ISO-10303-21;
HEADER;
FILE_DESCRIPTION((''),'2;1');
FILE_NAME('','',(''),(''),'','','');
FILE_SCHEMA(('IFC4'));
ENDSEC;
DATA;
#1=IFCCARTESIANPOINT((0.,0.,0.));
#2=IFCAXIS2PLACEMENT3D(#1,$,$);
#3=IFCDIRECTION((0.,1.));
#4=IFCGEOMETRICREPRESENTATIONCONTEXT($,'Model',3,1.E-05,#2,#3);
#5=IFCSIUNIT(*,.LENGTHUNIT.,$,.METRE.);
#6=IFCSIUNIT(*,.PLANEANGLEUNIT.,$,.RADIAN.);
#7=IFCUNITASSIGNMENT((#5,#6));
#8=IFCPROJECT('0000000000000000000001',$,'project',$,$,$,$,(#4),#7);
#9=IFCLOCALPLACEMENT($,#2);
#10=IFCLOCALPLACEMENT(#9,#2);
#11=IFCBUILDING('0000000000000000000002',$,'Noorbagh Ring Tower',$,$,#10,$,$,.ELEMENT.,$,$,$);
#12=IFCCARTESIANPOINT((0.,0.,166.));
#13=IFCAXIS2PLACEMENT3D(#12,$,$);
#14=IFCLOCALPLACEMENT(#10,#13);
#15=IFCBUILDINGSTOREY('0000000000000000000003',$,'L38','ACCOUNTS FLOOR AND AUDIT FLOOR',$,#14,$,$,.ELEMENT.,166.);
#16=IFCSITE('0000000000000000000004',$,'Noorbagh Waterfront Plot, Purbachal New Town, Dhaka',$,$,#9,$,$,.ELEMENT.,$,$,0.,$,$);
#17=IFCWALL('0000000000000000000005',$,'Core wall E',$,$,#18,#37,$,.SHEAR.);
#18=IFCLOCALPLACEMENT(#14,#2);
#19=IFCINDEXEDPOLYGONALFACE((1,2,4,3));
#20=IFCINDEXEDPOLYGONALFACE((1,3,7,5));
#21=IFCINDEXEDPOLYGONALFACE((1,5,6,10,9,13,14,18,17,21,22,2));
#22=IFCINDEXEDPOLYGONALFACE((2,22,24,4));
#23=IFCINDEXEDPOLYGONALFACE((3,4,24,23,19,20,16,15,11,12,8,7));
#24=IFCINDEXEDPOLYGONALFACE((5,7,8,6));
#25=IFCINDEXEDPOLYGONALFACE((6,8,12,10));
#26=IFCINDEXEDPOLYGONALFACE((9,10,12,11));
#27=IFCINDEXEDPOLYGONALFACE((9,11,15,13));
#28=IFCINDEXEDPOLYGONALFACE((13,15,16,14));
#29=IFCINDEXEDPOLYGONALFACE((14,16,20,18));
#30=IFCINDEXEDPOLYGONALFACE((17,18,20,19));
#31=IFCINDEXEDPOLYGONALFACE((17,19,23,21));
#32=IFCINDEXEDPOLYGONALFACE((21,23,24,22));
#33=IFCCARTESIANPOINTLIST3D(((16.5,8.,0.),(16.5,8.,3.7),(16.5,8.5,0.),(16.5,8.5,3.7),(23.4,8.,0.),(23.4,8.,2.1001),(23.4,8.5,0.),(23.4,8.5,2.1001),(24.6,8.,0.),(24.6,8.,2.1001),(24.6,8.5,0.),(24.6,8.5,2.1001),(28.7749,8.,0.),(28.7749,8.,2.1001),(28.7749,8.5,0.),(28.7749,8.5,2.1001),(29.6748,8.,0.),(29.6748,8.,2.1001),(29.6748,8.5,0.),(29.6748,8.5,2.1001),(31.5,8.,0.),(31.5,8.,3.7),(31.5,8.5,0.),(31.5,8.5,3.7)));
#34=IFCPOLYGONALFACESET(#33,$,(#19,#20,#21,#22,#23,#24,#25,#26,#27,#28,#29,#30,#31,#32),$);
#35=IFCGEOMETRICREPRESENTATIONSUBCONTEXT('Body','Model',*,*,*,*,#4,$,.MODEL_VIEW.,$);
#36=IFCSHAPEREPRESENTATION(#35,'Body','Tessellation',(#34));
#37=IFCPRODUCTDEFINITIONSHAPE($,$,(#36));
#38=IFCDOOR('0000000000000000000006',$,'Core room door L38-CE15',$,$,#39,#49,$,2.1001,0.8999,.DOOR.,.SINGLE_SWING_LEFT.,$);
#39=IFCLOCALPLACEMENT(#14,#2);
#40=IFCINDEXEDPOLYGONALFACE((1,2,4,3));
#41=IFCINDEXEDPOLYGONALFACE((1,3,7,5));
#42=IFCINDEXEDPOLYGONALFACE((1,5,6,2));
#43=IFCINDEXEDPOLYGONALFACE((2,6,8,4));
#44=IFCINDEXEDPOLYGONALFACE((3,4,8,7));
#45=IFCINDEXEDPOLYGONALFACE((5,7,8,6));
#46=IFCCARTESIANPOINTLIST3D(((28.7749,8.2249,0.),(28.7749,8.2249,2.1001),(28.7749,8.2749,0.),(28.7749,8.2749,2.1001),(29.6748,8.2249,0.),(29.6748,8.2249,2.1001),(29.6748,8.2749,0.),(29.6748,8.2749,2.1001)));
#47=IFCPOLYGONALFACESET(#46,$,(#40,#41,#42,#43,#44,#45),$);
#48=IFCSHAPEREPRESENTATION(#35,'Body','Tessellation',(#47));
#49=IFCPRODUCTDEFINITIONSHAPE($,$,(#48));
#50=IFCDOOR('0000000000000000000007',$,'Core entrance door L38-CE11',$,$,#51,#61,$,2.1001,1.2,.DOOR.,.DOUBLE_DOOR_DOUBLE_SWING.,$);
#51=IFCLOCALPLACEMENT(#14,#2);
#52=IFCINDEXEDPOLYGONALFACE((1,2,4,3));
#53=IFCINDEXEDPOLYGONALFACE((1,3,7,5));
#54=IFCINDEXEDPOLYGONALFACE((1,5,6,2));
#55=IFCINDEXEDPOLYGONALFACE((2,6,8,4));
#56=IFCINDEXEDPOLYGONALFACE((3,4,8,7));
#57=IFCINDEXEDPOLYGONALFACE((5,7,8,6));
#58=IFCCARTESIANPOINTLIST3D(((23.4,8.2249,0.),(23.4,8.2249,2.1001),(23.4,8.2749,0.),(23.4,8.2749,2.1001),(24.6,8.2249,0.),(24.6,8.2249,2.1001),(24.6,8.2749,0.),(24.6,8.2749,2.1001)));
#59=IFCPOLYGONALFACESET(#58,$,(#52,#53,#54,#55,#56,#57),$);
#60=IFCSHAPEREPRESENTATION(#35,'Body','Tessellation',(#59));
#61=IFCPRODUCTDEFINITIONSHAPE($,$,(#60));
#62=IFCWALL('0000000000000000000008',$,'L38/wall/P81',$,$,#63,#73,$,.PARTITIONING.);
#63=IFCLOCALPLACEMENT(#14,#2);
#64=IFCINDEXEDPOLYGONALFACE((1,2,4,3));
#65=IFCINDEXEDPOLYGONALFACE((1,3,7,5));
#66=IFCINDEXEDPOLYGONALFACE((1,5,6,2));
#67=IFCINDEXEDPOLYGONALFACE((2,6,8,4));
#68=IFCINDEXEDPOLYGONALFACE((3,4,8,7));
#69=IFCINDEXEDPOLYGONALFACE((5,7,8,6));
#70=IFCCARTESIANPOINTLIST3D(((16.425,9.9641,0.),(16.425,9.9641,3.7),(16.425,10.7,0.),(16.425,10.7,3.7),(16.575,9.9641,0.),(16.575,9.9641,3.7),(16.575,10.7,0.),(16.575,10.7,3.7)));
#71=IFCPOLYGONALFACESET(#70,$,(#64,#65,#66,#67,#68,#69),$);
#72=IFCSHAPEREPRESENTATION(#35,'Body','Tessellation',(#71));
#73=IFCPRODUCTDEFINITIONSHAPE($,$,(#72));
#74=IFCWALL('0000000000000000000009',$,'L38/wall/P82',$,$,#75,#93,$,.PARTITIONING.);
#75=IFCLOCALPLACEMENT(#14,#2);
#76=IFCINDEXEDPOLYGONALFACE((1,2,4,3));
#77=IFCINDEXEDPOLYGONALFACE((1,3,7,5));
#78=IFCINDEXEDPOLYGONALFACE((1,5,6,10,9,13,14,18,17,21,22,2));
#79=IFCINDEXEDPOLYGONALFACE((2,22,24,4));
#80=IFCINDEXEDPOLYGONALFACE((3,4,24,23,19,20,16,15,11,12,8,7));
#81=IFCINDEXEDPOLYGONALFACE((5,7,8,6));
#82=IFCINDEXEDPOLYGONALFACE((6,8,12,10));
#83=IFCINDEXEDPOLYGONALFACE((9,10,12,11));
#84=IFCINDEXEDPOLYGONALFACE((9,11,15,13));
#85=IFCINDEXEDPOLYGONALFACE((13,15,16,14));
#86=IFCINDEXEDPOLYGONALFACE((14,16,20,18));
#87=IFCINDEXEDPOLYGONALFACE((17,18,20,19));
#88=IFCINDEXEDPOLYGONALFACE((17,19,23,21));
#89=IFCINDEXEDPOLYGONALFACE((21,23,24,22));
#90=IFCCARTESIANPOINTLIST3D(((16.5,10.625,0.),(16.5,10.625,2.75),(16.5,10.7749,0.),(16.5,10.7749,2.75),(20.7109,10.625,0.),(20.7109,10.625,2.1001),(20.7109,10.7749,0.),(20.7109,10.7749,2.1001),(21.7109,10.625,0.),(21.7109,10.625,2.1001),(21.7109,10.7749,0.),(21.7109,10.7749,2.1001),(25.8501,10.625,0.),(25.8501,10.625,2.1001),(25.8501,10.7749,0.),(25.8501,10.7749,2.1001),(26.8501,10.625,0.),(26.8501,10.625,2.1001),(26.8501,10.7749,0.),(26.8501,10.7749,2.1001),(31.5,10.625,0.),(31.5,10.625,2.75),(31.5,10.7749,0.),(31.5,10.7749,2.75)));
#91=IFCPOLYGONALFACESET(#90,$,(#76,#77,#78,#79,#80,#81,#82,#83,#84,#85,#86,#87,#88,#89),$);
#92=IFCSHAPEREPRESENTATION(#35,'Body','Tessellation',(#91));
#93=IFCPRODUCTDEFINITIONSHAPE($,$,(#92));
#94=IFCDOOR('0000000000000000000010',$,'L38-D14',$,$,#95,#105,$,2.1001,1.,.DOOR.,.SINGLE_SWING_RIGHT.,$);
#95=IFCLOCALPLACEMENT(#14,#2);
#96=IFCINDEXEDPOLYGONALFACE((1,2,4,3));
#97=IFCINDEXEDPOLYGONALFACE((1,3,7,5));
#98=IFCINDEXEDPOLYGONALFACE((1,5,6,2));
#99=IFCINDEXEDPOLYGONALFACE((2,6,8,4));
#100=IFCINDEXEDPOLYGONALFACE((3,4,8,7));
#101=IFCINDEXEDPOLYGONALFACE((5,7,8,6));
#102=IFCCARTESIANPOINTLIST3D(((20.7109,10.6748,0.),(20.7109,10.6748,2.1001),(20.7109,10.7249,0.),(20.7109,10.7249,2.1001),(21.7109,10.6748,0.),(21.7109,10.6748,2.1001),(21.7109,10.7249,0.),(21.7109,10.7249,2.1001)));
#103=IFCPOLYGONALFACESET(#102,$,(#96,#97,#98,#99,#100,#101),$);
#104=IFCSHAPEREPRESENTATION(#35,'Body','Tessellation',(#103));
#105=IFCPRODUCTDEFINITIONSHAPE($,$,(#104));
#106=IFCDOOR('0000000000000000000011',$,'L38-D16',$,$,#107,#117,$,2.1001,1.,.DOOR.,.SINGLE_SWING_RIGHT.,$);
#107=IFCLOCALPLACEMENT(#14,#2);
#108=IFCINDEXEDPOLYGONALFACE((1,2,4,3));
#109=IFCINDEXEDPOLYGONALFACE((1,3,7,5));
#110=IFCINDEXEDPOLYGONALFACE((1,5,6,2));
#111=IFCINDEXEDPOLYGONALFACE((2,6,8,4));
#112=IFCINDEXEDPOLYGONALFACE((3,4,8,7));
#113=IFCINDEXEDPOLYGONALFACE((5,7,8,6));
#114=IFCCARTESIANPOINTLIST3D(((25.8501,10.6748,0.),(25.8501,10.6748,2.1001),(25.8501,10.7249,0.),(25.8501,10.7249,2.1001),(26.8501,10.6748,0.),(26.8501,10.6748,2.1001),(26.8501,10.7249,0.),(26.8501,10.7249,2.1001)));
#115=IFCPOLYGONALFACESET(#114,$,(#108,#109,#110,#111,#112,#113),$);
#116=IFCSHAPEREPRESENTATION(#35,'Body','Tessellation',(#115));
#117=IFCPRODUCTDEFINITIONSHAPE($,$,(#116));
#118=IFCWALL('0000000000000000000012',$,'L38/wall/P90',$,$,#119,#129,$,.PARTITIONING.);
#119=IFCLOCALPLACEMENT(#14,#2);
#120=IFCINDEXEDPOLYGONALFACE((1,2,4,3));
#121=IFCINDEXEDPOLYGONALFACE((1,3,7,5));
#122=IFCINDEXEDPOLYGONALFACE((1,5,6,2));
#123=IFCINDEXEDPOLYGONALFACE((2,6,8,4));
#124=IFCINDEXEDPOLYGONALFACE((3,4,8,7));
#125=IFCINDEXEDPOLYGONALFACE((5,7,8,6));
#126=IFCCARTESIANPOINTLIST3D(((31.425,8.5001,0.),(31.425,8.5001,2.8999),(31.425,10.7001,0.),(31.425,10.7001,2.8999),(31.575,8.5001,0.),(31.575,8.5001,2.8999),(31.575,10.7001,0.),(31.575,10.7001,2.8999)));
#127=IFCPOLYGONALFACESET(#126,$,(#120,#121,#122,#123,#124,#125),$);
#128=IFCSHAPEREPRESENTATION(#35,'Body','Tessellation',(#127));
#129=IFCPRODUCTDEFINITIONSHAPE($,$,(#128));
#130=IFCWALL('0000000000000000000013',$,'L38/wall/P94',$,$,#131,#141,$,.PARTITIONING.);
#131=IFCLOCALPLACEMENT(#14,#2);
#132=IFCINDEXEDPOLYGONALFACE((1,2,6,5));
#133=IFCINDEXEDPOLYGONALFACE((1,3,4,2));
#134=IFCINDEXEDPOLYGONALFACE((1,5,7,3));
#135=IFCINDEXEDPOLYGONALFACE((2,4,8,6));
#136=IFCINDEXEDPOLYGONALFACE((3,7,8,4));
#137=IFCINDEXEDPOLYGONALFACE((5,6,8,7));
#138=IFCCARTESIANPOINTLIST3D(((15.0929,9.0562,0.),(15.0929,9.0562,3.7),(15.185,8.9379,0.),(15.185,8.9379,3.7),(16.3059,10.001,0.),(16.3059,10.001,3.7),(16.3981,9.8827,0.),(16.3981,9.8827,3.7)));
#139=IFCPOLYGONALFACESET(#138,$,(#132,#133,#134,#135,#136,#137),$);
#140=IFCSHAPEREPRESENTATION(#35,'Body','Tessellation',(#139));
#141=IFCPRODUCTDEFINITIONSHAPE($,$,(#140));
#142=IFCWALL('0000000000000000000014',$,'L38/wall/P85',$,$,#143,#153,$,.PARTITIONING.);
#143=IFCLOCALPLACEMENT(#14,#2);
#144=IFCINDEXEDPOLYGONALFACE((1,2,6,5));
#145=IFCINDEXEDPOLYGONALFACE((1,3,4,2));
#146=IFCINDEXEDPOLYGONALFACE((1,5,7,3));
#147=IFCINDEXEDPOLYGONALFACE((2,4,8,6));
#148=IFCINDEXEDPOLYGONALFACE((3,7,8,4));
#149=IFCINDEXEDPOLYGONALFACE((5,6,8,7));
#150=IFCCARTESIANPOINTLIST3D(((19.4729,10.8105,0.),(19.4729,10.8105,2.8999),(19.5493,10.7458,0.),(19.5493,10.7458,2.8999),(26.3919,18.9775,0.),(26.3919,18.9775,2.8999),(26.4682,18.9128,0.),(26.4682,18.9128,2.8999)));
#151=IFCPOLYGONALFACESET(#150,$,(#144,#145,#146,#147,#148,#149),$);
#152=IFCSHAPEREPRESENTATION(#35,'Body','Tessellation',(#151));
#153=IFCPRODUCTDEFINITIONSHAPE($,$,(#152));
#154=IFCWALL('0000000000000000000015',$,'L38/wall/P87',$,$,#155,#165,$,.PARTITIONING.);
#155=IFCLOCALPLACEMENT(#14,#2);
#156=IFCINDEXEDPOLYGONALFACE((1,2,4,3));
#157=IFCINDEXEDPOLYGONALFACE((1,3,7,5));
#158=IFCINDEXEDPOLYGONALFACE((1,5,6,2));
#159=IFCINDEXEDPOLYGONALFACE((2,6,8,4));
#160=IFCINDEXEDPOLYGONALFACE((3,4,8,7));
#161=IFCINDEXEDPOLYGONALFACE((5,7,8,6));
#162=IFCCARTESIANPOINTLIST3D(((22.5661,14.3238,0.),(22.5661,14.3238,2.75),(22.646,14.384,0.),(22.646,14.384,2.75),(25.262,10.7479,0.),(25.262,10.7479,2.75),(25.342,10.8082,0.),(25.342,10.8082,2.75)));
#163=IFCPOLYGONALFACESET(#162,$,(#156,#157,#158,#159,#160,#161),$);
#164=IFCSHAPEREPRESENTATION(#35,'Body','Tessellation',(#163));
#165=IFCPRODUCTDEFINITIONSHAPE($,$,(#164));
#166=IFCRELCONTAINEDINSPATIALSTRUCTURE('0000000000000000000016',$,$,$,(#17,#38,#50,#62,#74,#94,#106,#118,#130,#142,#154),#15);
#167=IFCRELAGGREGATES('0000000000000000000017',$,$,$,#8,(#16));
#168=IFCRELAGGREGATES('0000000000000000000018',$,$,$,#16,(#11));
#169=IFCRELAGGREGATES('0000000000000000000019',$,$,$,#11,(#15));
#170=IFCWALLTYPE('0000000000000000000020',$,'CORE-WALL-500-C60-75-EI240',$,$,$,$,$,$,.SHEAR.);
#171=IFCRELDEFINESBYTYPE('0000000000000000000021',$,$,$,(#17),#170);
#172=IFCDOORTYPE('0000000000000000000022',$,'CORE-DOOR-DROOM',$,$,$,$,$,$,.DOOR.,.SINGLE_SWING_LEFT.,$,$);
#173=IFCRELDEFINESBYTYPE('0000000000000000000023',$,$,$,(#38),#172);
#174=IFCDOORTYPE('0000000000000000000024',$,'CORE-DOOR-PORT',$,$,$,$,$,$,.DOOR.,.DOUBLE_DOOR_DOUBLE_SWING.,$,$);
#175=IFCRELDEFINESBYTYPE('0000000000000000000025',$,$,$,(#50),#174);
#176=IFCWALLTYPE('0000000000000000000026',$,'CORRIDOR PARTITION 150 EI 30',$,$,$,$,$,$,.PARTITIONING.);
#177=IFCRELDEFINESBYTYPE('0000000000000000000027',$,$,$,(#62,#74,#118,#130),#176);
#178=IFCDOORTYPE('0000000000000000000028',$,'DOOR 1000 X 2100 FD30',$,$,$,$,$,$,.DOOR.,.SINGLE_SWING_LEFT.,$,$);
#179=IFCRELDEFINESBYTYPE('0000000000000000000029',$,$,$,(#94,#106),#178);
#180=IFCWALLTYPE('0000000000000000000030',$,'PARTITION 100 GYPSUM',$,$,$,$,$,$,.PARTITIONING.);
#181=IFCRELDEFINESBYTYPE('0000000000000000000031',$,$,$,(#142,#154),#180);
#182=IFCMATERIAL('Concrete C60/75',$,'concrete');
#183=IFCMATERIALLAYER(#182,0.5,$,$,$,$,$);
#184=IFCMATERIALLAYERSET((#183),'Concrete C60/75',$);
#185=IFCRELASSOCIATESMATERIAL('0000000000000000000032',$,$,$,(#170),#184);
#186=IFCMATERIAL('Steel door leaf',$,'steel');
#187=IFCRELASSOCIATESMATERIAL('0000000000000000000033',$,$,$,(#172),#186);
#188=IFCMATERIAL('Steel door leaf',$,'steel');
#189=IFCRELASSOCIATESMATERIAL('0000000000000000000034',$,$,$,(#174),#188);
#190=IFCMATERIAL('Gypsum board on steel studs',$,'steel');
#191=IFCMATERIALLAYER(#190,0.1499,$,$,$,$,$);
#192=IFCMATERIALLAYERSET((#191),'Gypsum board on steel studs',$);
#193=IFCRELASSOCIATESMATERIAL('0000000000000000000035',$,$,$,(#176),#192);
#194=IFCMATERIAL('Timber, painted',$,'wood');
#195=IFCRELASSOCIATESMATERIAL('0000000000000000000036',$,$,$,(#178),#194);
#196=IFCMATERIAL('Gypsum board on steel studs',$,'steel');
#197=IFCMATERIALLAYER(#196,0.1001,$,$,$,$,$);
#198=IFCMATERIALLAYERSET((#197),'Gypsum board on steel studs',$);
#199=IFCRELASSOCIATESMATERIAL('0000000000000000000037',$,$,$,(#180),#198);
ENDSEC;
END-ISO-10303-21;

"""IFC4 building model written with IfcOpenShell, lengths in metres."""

from ifc_helpers import new_model, si_unit, direction, frame, frame_2d, origin, place, context, subcontext, project, spatial, rectangle, extrude, material, layer, layer_set, type_object, element, fill, save


model = new_model("IFC4")

# Units and contexts
model_context = context("Model", 3, precision=1e-05, world=origin(), true_north=direction((0.0, 1.0)))
body_context = subcontext(model_context, "Body", "Model", "MODEL_VIEW")
ifc_project = project(units=[si_unit("LENGTHUNIT", "METRE"), si_unit("PLANEANGLEUNIT", "RADIAN")], contexts=[model_context])

# Site, building, storey
site_placement = place(None, origin())
site = spatial("IfcSite", under=ifc_project, at=site_placement, Name="Noorbagh Waterfront Plot, Purbachal New Town, Dhaka", CompositionType="ELEMENT", RefElevation=0.0)
building_placement = place(site_placement, origin())
building = spatial("IfcBuilding", under=site, at=building_placement, Name="Noorbagh Ring Tower", CompositionType="ELEMENT")
storey_placement = place(building_placement, frame((0.0, 0.0, 166.0)))
storey = spatial("IfcBuildingStorey", under=building, at=storey_placement, Name="L38", Description="ACCOUNTS FLOOR AND AUDIT FLOOR", CompositionType="ELEMENT", Elevation=166.0)

# Wall, openings, doors
ifc_material_1 = material(Name="Concrete C60/75", Category="concrete")
ifc_layer_1 = layer(ifc_material_1, 0.5)
ifc_layer_set_1 = layer_set([ifc_layer_1], Name="Concrete C60/75")
wall_type_1 = type_object("IfcWallType", Name="CORE-WALL-500-C60-75-EI240", PredefinedType="SHEAR", material=ifc_layer_set_1)
wall_1_placement = place(storey_placement, frame((16.5, 8.25, 0.0), z_axis=(0.0, 0.0, 1.0), x_axis=(1.0, 0.0, 0.0)))
wall_1 = element("IfcWall", 1, at=wall_1_placement, inside=storey, type_object=wall_type_1, Name="Core wall E", PredefinedType="SHEAR", context=body_context, shape_type="SweptSolid", body=[
    extrude(rectangle(XDim=15.0, YDim=0.5, at=frame_2d((7.5, 0.0))), origin(), (0.0, 0.0, 1.0), 3.7),
])
opening_1_placement = place(wall_1_placement, frame((6.8999, 0.0, 0.0)))
opening_1 = element("IfcOpeningElement", 2, at=opening_1_placement, cuts=wall_1, PredefinedType="OPENING", context=body_context, shape_type="SweptSolid", body=[
    extrude(rectangle(XDim=1.2, YDim=2.1001, at=frame_2d((0.6001, 1.05))), frame((0.0, 0.26, 0.0), z_axis=(0.0, -1.0, 0.0), x_axis=(1.0, 0.0, 0.0)), (0.0, 0.0, 1.0), 0.52),
])
opening_2_placement = place(wall_1_placement, frame((12.2749, 0.0, 0.0)))
opening_2 = element("IfcOpeningElement", 3, at=opening_2_placement, cuts=wall_1, PredefinedType="OPENING", context=body_context, shape_type="SweptSolid", body=[
    extrude(rectangle(XDim=0.8999, YDim=2.1001, at=frame_2d((0.45, 1.05))), frame((0.0, 0.26, 0.0), z_axis=(0.0, -1.0, 0.0), x_axis=(1.0, 0.0, 0.0)), (0.0, 0.0, 1.0), 0.52),
])
ifc_material_2 = material(Name="Steel door leaf", Category="steel")
door_type_1 = type_object("IfcDoorType", Name="CORE-DOOR-DROOM", OperationType="SINGLE_SWING_LEFT", PredefinedType="DOOR", material=ifc_material_2)
door_1_placement = place(opening_2_placement, origin())
door_1 = element("IfcDoor", 4, at=door_1_placement, inside=storey, type_object=door_type_1, Name="Core room door L38-CE15", OperationType="SINGLE_SWING_LEFT", OverallHeight=2.1001, OverallWidth=0.8999, PredefinedType="DOOR", context=body_context, shape_type="SweptSolid", body=[
    extrude(rectangle(XDim=0.8999, YDim=2.1001, at=frame_2d((0.45, 1.05))), frame((0.0, 0.0249, 0.0), z_axis=(0.0, -1.0, 0.0), x_axis=(1.0, 0.0, 0.0)), (0.0, 0.0, 1.0), 0.05),
])
fill(opening_2, door_1)
ifc_material_3 = material(Name="Steel door leaf", Category="steel")
door_type_2 = type_object("IfcDoorType", Name="CORE-DOOR-PORT", OperationType="DOUBLE_DOOR_DOUBLE_SWING", PredefinedType="DOOR", material=ifc_material_3)
door_2_placement = place(opening_1_placement, origin())
door_2 = element("IfcDoor", 5, at=door_2_placement, inside=storey, type_object=door_type_2, Name="Core entrance door L38-CE11", OperationType="DOUBLE_DOOR_DOUBLE_SWING", OverallHeight=2.1001, OverallWidth=1.2, PredefinedType="DOOR", context=body_context, shape_type="SweptSolid", body=[
    extrude(rectangle(XDim=1.2, YDim=2.1001, at=frame_2d((0.6001, 1.05))), frame((0.0, 0.0249, 0.0), z_axis=(0.0, -1.0, 0.0), x_axis=(1.0, 0.0, 0.0)), (0.0, 0.0, 1.0), 0.05),
])
fill(opening_1, door_2)

# Wall
ifc_material_4 = material(Name="Gypsum board on steel studs", Category="steel")
ifc_layer_2 = layer(ifc_material_4, 0.1499)
ifc_layer_set_2 = layer_set([ifc_layer_2], Name="Gypsum board on steel studs")
wall_type_2 = type_object("IfcWallType", Name="CORRIDOR PARTITION 150 EI 30", PredefinedType="PARTITIONING", material=ifc_layer_set_2)
wall_2_placement = place(storey_placement, frame((16.5, 9.9641, 0.0), z_axis=(0.0, 0.0, 1.0), x_axis=(0.0, 1.0, 0.0)))
element("IfcWall", 6, at=wall_2_placement, inside=storey, type_object=wall_type_2, Name="L38/wall/P81", PredefinedType="PARTITIONING", context=body_context, shape_type="SweptSolid", body=[
    extrude(rectangle(XDim=0.7358, YDim=0.1499, at=frame_2d((0.3679, 0.0))), origin(), (0.0, 0.0, 1.0), 3.7),
])

# Wall, openings, doors
wall_3_placement = place(storey_placement, frame((16.5, 10.7, 0.0), z_axis=(0.0, 0.0, 1.0), x_axis=(1.0, 0.0, 0.0)))
wall_3 = element("IfcWall", 7, at=wall_3_placement, inside=storey, type_object=wall_type_2, Name="L38/wall/P82", PredefinedType="PARTITIONING", context=body_context, shape_type="SweptSolid", body=[
    extrude(rectangle(XDim=15.0, YDim=0.1499, at=frame_2d((7.5, 0.0))), origin(), (0.0, 0.0, 1.0), 2.75),
])
opening_3_placement = place(wall_3_placement, frame((4.2109, 0.0, 0.0)))
opening_3 = element("IfcOpeningElement", 8, at=opening_3_placement, cuts=wall_3, PredefinedType="OPENING", context=body_context, shape_type="SweptSolid", body=[
    extrude(rectangle(XDim=1.0, YDim=2.1001, at=frame_2d((0.5, 1.05))), frame((0.0, 0.085, 0.0), z_axis=(0.0, -1.0, 0.0), x_axis=(1.0, 0.0, 0.0)), (0.0, 0.0, 1.0), 0.1699),
])
opening_4_placement = place(wall_3_placement, frame((9.3501, 0.0, 0.0)))
opening_4 = element("IfcOpeningElement", 9, at=opening_4_placement, cuts=wall_3, PredefinedType="OPENING", context=body_context, shape_type="SweptSolid", body=[
    extrude(rectangle(XDim=1.0, YDim=2.1001, at=frame_2d((0.5, 1.05))), frame((0.0, 0.085, 0.0), z_axis=(0.0, -1.0, 0.0), x_axis=(1.0, 0.0, 0.0)), (0.0, 0.0, 1.0), 0.1699),
])
ifc_material_5 = material(Name="Timber, painted", Category="wood")
door_type_3 = type_object("IfcDoorType", Name="DOOR 1000 X 2100 FD30", OperationType="SINGLE_SWING_LEFT", PredefinedType="DOOR", material=ifc_material_5)
door_3_placement = place(opening_3_placement, origin())
door_3 = element("IfcDoor", 10, at=door_3_placement, inside=storey, type_object=door_type_3, Name="L38-D14", OperationType="SINGLE_SWING_RIGHT", OverallHeight=2.1001, OverallWidth=1.0, PredefinedType="DOOR", context=body_context, shape_type="SweptSolid", body=[
    extrude(rectangle(XDim=1.0, YDim=2.1001, at=frame_2d((0.5, 1.05))), frame((0.0, 0.0249, 0.0), z_axis=(0.0, -1.0, 0.0), x_axis=(1.0, 0.0, 0.0)), (0.0, 0.0, 1.0), 0.05),
])
fill(opening_3, door_3)
door_4_placement = place(opening_4_placement, origin())
door_4 = element("IfcDoor", 11, at=door_4_placement, inside=storey, type_object=door_type_3, Name="L38-D16", OperationType="SINGLE_SWING_RIGHT", OverallHeight=2.1001, OverallWidth=1.0, PredefinedType="DOOR", context=body_context, shape_type="SweptSolid", body=[
    extrude(rectangle(XDim=1.0, YDim=2.1001, at=frame_2d((0.5, 1.05))), frame((0.0, 0.0249, 0.0), z_axis=(0.0, -1.0, 0.0), x_axis=(1.0, 0.0, 0.0)), (0.0, 0.0, 1.0), 0.05),
])
fill(opening_4, door_4)

# Walls
wall_4_placement = place(storey_placement, frame((31.5, 8.5, 0.0), z_axis=(0.0, 0.0, 1.0), x_axis=(0.0, 1.0, 0.0)))
element("IfcWall", 12, at=wall_4_placement, inside=storey, type_object=wall_type_2, Name="L38/wall/P90", PredefinedType="PARTITIONING", context=body_context, shape_type="SweptSolid", body=[
    extrude(rectangle(XDim=2.2, YDim=0.1499, at=frame_2d((1.1001, 0.0))), origin(), (0.0, 0.0, 1.0), 2.8999),
])
wall_5_placement = place(storey_placement, frame((15.1389, 8.9971, 0.0), z_axis=(0.0, 0.0, 1.0), x_axis=(0.78895, 0.614457, 0.0)))
element("IfcWall", 13, at=wall_5_placement, inside=storey, type_object=wall_type_2, Name="L38/wall/P94", PredefinedType="PARTITIONING", context=body_context, shape_type="SweptSolid", body=[
    extrude(rectangle(XDim=1.5376, YDim=0.1499, at=frame_2d((0.7688, 0.0))), origin(), (0.0, 0.0, 1.0), 3.7),
])
ifc_material_6 = material(Name="Gypsum board on steel studs", Category="steel")
ifc_layer_3 = layer(ifc_material_6, 0.1001)
ifc_layer_set_3 = layer_set([ifc_layer_3], Name="Gypsum board on steel studs")
wall_type_3 = type_object("IfcWallType", Name="PARTITION 100 GYPSUM", PredefinedType="PARTITIONING", material=ifc_layer_set_3)
wall_6_placement = place(storey_placement, frame((19.511, 10.7781, 0.0), z_axis=(0.0, 0.0, 1.0), x_axis=(0.6464, 0.762999, 0.0)))
element("IfcWall", 14, at=wall_6_placement, inside=storey, type_object=wall_type_3, Name="L38/wall/P85", PredefinedType="PARTITIONING", context=body_context, shape_type="SweptSolid", body=[
    extrude(rectangle(XDim=10.7039, YDim=0.1001, at=frame_2d((5.3521, 0.0))), origin(), (0.0, 0.0, 1.0), 2.8999),
])
wall_7_placement = place(storey_placement, frame((22.606, 14.354, 0.0), z_axis=(0.0, 0.0, 1.0), x_axis=(0.602013, -0.798486, 0.0)))
element("IfcWall", 15, at=wall_7_placement, inside=storey, type_object=wall_type_3, Name="L38/wall/P87", PredefinedType="PARTITIONING", context=body_context, shape_type="SweptSolid", body=[
    extrude(rectangle(XDim=4.4783, YDim=0.1001, at=frame_2d((2.2393, 0.0))), origin(), (0.0, 0.0, 1.0), 2.75),
])

save(model, "model.ifc")
